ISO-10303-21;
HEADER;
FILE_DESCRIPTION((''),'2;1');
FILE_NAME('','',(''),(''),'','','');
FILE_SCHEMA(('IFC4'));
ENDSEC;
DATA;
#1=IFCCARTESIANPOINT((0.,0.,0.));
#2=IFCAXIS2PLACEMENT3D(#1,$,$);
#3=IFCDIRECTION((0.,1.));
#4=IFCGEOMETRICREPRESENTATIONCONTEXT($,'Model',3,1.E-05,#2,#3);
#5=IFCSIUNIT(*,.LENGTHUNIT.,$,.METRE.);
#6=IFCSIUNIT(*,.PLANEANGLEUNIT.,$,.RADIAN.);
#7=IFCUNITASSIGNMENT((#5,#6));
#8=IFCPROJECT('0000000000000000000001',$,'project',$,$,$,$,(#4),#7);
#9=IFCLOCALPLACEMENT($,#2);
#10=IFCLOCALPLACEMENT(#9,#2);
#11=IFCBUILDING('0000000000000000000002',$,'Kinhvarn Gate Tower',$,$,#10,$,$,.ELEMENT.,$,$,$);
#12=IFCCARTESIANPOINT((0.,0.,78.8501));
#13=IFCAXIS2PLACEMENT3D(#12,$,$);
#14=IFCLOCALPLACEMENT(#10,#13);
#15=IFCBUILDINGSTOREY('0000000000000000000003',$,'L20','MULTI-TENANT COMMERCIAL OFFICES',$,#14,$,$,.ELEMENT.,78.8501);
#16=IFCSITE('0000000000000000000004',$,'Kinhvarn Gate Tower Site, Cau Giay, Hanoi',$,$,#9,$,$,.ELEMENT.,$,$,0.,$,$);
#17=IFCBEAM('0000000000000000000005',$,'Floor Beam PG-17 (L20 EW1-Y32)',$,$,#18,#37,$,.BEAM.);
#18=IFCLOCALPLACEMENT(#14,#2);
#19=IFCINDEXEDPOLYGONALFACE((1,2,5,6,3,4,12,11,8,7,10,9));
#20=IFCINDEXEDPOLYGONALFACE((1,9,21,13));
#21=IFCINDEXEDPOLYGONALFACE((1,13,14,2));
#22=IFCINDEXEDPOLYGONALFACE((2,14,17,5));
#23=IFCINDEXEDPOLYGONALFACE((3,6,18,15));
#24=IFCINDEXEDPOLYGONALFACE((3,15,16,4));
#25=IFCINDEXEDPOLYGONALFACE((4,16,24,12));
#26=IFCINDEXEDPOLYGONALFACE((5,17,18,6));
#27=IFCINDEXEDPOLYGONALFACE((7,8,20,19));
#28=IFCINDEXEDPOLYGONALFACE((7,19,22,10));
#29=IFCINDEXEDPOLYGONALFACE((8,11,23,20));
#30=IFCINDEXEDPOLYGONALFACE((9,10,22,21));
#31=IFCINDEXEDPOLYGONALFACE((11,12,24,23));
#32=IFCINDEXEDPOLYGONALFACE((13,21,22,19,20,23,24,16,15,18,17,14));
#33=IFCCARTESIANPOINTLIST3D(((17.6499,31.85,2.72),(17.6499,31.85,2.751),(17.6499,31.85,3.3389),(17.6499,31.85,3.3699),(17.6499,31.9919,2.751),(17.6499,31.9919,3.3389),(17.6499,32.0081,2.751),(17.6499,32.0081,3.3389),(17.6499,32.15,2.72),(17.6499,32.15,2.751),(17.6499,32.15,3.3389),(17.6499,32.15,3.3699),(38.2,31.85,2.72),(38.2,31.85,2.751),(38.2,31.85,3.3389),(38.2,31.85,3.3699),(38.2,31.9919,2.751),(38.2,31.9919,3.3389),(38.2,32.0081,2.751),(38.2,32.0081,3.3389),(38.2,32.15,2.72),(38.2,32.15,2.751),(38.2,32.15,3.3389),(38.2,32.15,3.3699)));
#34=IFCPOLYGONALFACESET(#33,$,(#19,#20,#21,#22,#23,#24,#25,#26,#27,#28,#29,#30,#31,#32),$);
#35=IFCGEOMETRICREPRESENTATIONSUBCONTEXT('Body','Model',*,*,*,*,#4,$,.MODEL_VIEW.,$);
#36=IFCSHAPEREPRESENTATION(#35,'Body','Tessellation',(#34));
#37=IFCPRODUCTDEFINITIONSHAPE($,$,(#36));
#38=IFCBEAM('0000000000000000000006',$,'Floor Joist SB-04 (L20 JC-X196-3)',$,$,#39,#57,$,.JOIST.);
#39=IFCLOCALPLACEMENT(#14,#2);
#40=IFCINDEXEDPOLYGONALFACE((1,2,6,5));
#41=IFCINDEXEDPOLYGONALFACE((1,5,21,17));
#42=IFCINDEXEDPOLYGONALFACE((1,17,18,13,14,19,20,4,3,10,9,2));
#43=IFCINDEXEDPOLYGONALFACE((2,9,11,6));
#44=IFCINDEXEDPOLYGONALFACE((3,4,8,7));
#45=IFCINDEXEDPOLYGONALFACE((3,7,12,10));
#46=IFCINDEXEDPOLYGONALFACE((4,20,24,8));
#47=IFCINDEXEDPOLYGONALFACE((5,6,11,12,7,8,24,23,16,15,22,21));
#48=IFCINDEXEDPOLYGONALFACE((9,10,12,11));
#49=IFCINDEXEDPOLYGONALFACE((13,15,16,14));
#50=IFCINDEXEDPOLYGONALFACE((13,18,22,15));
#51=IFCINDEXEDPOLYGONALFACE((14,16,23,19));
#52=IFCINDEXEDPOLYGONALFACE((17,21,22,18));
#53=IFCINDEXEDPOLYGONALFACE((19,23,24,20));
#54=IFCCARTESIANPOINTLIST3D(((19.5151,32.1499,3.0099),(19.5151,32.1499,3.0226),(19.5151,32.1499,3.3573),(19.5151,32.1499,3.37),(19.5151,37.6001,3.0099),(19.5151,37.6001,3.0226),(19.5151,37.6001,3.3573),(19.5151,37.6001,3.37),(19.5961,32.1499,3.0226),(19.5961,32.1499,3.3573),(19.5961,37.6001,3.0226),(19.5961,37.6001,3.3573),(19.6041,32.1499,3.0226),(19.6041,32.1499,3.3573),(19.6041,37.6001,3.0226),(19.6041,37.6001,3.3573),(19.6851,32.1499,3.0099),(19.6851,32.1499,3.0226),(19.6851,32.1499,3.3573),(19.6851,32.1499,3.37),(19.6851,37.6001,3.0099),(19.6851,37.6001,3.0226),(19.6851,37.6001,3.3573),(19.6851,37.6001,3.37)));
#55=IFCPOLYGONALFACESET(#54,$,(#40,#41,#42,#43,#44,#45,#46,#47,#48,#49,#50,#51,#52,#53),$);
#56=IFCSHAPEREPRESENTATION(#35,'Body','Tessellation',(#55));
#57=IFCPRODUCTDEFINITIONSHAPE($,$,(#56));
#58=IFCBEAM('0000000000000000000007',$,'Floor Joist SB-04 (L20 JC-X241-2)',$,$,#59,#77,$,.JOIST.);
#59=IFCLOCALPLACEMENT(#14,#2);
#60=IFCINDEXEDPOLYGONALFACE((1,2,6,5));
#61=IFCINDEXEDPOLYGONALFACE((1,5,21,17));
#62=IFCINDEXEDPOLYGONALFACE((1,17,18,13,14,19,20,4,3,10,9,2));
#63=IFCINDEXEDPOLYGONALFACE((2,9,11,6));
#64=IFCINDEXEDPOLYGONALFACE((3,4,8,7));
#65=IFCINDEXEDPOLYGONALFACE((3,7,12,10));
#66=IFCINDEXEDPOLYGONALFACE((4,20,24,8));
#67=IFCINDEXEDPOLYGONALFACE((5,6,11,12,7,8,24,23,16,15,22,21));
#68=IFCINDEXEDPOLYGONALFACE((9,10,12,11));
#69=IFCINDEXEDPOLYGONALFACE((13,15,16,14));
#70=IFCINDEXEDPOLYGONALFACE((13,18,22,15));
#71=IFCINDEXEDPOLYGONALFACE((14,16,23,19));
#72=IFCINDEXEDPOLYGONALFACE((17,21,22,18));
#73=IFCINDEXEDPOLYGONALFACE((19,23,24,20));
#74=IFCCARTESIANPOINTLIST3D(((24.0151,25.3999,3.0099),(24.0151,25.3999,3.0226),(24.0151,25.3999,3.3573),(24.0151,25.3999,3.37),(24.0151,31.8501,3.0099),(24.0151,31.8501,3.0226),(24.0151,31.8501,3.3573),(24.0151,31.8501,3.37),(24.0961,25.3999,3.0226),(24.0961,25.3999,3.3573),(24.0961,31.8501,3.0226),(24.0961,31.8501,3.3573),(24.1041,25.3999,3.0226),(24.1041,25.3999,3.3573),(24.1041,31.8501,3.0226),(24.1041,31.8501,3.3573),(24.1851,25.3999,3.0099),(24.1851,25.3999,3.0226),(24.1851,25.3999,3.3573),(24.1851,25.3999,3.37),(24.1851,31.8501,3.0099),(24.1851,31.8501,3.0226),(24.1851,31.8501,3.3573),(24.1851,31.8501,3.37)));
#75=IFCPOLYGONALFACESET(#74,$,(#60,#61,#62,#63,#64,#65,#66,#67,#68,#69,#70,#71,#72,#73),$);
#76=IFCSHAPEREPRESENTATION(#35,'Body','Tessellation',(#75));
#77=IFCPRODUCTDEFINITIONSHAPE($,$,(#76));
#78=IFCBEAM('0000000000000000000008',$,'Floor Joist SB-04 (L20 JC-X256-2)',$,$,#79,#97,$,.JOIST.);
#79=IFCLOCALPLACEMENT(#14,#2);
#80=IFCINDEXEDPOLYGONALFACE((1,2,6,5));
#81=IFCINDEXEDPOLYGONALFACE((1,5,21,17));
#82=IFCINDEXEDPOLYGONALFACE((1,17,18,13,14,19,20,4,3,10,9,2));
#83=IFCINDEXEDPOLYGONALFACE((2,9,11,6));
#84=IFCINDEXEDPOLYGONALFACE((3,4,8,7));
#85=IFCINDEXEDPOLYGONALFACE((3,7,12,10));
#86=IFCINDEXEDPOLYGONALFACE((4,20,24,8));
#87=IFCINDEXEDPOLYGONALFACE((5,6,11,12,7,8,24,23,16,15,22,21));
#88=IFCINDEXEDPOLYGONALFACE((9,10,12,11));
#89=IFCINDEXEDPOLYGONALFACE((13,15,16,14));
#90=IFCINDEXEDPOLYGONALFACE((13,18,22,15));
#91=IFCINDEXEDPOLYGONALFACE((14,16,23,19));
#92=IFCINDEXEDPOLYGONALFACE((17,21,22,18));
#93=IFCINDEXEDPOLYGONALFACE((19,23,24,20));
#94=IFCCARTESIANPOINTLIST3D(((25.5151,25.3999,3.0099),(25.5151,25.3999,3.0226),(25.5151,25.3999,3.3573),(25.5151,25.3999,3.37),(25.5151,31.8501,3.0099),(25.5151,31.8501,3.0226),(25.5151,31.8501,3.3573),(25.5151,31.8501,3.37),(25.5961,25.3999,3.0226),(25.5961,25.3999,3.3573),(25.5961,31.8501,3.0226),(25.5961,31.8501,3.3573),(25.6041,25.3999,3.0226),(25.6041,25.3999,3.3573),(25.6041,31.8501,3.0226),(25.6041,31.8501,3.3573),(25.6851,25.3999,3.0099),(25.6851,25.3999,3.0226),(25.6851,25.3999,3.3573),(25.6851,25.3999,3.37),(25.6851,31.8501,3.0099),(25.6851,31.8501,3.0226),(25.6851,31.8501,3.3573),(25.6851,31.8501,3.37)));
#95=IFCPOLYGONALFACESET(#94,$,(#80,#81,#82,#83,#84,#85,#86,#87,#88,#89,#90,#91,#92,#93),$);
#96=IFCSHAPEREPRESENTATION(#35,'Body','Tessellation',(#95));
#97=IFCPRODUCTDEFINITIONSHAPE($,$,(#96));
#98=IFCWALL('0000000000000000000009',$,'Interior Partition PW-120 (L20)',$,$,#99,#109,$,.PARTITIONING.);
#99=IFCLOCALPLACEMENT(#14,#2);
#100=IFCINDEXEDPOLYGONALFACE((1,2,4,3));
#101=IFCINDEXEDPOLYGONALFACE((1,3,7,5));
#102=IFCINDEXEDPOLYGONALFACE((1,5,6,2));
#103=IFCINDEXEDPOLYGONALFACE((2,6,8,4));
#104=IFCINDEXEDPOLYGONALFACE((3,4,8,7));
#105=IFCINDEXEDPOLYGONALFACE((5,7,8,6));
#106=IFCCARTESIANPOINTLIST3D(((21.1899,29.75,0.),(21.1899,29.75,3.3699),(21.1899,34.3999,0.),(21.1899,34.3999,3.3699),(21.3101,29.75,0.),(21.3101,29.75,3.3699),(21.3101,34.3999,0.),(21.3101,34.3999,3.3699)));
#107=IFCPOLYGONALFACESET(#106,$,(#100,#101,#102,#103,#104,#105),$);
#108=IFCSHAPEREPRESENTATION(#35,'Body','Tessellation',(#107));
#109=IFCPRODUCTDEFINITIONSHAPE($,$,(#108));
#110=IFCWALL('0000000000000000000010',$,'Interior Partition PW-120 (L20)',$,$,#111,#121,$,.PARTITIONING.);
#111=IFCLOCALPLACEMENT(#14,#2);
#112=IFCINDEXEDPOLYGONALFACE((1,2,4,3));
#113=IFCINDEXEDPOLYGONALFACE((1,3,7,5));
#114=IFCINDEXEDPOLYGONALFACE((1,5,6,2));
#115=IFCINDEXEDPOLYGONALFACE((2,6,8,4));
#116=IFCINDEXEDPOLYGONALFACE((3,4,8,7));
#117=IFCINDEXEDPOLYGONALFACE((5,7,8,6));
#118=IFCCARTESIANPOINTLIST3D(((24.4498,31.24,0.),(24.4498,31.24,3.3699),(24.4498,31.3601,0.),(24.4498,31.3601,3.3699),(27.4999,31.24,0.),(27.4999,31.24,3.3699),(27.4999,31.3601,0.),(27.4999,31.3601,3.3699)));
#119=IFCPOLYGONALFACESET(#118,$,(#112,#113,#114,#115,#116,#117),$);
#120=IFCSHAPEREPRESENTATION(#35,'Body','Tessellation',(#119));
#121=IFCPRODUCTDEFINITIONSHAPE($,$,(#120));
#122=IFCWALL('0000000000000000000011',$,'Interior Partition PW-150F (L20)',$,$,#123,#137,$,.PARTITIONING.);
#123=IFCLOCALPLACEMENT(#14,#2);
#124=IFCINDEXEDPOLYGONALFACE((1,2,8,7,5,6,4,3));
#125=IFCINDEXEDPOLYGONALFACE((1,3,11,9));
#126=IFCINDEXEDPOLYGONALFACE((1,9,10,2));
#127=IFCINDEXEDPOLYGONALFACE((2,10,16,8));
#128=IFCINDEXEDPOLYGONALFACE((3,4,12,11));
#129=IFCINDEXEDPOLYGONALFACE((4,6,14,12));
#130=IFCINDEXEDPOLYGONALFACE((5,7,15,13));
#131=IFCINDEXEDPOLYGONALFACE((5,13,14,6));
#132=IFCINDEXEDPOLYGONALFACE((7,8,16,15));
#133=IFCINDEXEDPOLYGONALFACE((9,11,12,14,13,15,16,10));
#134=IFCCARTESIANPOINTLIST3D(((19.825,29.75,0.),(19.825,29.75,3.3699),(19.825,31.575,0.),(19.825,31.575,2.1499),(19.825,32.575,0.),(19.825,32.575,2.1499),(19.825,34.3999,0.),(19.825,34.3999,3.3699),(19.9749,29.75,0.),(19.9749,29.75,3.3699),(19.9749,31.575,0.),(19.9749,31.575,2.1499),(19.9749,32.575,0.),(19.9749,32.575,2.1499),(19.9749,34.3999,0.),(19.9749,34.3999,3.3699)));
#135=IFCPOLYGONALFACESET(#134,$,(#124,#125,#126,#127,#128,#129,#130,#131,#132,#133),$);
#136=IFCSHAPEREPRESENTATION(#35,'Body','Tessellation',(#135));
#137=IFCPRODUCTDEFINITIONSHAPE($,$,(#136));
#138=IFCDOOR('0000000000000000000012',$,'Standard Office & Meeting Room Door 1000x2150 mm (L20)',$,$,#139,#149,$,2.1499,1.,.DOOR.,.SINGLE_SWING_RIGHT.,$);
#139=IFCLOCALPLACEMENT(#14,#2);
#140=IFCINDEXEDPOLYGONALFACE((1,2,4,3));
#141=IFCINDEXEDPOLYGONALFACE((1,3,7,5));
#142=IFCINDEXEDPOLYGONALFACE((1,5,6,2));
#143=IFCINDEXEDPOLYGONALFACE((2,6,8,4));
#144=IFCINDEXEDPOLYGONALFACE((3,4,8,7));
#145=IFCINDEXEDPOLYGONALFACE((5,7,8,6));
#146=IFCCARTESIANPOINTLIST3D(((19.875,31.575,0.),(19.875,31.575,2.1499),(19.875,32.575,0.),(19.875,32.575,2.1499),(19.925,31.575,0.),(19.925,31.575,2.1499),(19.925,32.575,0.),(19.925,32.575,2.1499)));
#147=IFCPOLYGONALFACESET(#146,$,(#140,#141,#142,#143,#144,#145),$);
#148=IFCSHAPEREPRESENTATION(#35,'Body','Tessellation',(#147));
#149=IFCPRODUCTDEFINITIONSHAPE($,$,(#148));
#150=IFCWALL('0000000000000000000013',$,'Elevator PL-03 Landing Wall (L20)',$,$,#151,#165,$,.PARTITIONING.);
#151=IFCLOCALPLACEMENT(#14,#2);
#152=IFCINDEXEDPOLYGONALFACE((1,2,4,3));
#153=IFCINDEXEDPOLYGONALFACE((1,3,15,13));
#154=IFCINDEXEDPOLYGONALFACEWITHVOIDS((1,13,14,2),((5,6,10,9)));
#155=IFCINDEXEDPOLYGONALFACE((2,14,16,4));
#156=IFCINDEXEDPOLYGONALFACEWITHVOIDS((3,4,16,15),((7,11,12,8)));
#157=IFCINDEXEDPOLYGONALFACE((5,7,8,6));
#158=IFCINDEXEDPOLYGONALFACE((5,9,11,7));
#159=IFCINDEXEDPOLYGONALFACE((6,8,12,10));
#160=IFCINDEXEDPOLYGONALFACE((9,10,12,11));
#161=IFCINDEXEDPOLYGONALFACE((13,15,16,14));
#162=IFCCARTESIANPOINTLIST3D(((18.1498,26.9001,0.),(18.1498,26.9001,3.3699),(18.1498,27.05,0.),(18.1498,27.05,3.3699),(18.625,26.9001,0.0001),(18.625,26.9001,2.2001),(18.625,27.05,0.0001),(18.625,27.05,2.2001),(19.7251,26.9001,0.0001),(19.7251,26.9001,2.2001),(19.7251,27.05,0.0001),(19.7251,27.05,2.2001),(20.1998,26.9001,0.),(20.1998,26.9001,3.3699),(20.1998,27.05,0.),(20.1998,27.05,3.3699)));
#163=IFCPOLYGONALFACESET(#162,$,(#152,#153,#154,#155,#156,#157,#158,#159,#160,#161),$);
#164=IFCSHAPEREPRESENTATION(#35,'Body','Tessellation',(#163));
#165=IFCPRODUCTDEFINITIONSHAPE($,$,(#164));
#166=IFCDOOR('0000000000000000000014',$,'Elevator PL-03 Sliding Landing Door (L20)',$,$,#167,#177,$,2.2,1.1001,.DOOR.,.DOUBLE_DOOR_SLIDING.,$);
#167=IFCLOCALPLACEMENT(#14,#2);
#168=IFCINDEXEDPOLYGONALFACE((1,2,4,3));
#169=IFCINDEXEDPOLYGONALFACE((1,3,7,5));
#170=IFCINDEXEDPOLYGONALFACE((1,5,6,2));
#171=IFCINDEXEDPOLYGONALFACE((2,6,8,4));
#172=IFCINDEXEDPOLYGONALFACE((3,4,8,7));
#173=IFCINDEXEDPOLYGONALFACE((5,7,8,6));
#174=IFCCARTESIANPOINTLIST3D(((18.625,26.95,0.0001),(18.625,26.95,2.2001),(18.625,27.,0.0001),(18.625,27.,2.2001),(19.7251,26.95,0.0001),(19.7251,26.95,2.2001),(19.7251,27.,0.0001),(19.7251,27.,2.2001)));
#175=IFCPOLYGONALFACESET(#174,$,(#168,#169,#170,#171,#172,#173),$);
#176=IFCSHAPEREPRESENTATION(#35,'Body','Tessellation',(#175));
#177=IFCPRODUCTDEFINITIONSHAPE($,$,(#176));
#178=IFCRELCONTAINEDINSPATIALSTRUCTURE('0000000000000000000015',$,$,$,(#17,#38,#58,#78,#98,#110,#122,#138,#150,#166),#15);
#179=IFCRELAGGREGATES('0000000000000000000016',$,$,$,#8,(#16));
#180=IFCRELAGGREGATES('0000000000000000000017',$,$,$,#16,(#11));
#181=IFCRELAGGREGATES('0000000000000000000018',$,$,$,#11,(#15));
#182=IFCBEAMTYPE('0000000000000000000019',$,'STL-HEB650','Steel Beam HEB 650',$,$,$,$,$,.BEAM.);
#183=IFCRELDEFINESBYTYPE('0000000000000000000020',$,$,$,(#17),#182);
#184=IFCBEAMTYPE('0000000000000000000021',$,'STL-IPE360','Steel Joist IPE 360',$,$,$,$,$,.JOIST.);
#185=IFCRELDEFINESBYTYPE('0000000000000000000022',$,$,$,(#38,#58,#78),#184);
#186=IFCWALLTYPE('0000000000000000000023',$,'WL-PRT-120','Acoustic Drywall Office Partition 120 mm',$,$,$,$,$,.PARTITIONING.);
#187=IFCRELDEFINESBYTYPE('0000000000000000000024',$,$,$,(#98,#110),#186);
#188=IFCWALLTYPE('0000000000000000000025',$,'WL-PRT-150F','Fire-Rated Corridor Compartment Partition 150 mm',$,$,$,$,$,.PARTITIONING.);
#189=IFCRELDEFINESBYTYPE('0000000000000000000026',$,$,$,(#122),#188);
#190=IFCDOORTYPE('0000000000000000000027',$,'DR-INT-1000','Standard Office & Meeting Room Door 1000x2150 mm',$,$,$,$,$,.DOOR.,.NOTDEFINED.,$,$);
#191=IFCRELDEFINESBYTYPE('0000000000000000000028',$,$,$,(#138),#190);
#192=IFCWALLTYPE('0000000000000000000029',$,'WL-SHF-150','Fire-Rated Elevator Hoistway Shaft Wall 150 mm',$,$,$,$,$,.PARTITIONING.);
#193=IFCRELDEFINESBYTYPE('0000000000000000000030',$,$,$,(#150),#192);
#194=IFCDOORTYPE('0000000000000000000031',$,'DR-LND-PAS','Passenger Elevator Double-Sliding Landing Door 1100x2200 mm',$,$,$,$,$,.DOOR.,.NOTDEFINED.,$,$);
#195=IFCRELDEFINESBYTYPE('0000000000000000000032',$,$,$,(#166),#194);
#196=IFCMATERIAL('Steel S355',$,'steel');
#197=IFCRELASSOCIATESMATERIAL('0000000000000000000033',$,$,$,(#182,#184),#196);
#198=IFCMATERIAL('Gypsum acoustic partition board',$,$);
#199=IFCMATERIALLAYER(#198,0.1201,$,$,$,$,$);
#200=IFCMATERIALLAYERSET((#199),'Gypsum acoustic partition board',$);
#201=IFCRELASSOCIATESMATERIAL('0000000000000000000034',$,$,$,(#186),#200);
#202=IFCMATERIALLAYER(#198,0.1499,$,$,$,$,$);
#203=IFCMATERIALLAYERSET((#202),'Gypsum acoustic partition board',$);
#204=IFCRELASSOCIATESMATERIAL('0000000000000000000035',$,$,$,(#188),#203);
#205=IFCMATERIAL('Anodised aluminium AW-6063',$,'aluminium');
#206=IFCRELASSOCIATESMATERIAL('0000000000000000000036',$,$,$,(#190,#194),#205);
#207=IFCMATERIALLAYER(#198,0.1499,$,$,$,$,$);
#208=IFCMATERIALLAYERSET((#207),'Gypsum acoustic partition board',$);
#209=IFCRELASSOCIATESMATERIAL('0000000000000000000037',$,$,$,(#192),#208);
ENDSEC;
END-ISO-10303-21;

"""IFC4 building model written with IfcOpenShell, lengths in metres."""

from ifc_helpers import new_model, si_unit, direction, frame, frame_2d, origin, origin_2d, place, context, subcontext, project, spatial, rectangle, i_section, extrude, material, layer, layer_set, material_profile, profile_set, type_object, element, fill, save


model = new_model("IFC4")

# Units and contexts
model_context = context("Model", 3, precision=1e-05, world=origin(), true_north=direction((0.0, 1.0)))
body_context = subcontext(model_context, "Body", "Model", "MODEL_VIEW")
ifc_project = project(units=[si_unit("LENGTHUNIT", "METRE"), si_unit("PLANEANGLEUNIT", "RADIAN")], contexts=[model_context])

# Site, building, storey
site_placement = place(None, origin())
site = spatial("IfcSite", under=ifc_project, at=site_placement, Name="Kinhvarn Gate Tower Site, Cau Giay, Hanoi", CompositionType="ELEMENT", RefElevation=0.0)
building_placement = place(site_placement, origin())
building = spatial("IfcBuilding", under=site, at=building_placement, Name="Kinhvarn Gate Tower", CompositionType="ELEMENT")
storey_placement = place(building_placement, frame((0.0, 0.0, 78.8501)))
storey = spatial("IfcBuildingStorey", under=building, at=storey_placement, Name="L20", Description="MULTI-TENANT COMMERCIAL OFFICES", CompositionType="ELEMENT", Elevation=78.8501)

# Beams
ifc_material_1 = material(Name="Steel S355", Category="steel")
ifc_material_profile_1 = material_profile(ifc_material_1, i_section(OverallWidth=0.3, OverallDepth=0.6499, WebThickness=0.0161, FlangeThickness=0.031, at=origin_2d()), Name="HEB 650")
ifc_profile_set_1 = profile_set([ifc_material_profile_1], Name="Steel S355")
beam_type_1 = type_object("IfcBeamType", Name="STL-HEB650", Description="Steel Beam HEB 650", PredefinedType="BEAM", material=ifc_profile_set_1)
beam_1_placement = place(storey_placement, frame((17.6499, 32.0, 3.0449), z_axis=(1.0, 0.0, 0.0), x_axis=(0.0, 1.0, 0.0)))
element("IfcBeam", 1, at=beam_1_placement, inside=storey, type_object=beam_type_1, Name="Floor Beam PG-17 (L20 EW1-Y32)", PredefinedType="BEAM", context=body_context, shape_type="SweptSolid", body=[
    extrude(i_section(OverallWidth=0.3, OverallDepth=0.6499, WebThickness=0.0161, FlangeThickness=0.031, at=origin_2d()), origin(), (0.0, 0.0, 1.0), 20.55),
])
ifc_material_profile_2 = material_profile(ifc_material_1, i_section(OverallWidth=0.1699, OverallDepth=0.3601, WebThickness=0.0081, FlangeThickness=0.0127, at=origin_2d()), Name="IPE 360")
ifc_profile_set_2 = profile_set([ifc_material_profile_2], Name="Steel S355")
beam_type_2 = type_object("IfcBeamType", Name="STL-IPE360", Description="Steel Joist IPE 360", PredefinedType="JOIST", material=ifc_profile_set_2)
beam_2_placement = place(storey_placement, frame((19.6001, 32.1499, 3.1899), z_axis=(0.0, 1.0, 0.0), x_axis=(-1.0, 0.0, 0.0)))
element("IfcBeam", 2, at=beam_2_placement, inside=storey, type_object=beam_type_2, Name="Floor Joist SB-04 (L20 JC-X196-3)", PredefinedType="JOIST", context=body_context, shape_type="SweptSolid", body=[
    extrude(i_section(OverallWidth=0.1699, OverallDepth=0.3601, WebThickness=0.0081, FlangeThickness=0.0127, at=origin_2d()), origin(), (0.0, 0.0, 1.0), 5.4502),
])
for number, where, z_axis, x_axis, name in (
    (3, (24.1001, 25.3999, 3.1899), (0.0, 1.0, 0.0), (-1.0, 0.0, 0.0), "Floor Joist SB-04 (L20 JC-X241-2)"),
    (4, (25.6001, 25.3999, 3.1899), (0.0, 1.0, 0.0), (-1.0, 0.0, 0.0), "Floor Joist SB-04 (L20 JC-X256-2)"),
):
    element("IfcBeam", number, at=place(storey_placement, frame(where, z_axis=z_axis, x_axis=x_axis)), inside=storey, type_object=beam_type_2, Name=name, PredefinedType="JOIST", context=body_context, shape_type="SweptSolid", body=[
        extrude(i_section(OverallWidth=0.1699, OverallDepth=0.3601, WebThickness=0.0081, FlangeThickness=0.0127, at=origin_2d()), origin(), (0.0, 0.0, 1.0), 6.4502),
    ])

# Walls
ifc_material_2 = material(Name="Gypsum acoustic partition board")
ifc_layer_1 = layer(ifc_material_2, 0.1201)
ifc_layer_set_1 = layer_set([ifc_layer_1], Name="Gypsum acoustic partition board")
wall_type_1 = type_object("IfcWallType", Name="WL-PRT-120", Description="Acoustic Drywall Office Partition 120 mm", PredefinedType="PARTITIONING", material=ifc_layer_set_1)
wall_1_placement = place(storey_placement, frame((21.25, 29.75, 0.0), z_axis=(0.0, 0.0, 1.0), x_axis=(0.0, 1.0, 0.0)))
element("IfcWall", 5, at=wall_1_placement, inside=storey, type_object=wall_type_1, Name="Interior Partition PW-120 (L20)", PredefinedType="PARTITIONING", context=body_context, shape_type="SweptSolid", body=[
    extrude(rectangle(XDim=4.6499, YDim=0.1201, at=frame_2d((2.325, 0.0))), origin(), (0.0, 0.0, 1.0), 3.3699),
])
wall_2_placement = place(storey_placement, frame((24.45, 31.3, 0.0), z_axis=(0.0, 0.0, 1.0), x_axis=(1.0, 0.0, 0.0)))
element("IfcWall", 6, at=wall_2_placement, inside=storey, type_object=wall_type_1, Name="Interior Partition PW-120 (L20)", PredefinedType="PARTITIONING", context=body_context, shape_type="SweptSolid", body=[
    extrude(rectangle(XDim=3.05, YDim=0.1201, at=frame_2d((1.5249, 0.0))), origin(), (0.0, 0.0, 1.0), 3.3699),
])

# Walls, openings, doors
ifc_layer_2 = layer(ifc_material_2, 0.1499)
ifc_layer_set_2 = layer_set([ifc_layer_2], Name="Gypsum acoustic partition board")
wall_type_2 = type_object("IfcWallType", Name="WL-PRT-150F", Description="Fire-Rated Corridor Compartment Partition 150 mm", PredefinedType="PARTITIONING", material=ifc_layer_set_2)
ifc_material_3 = material(Name="Anodised aluminium AW-6063", Category="aluminium")
door_type_1 = type_object("IfcDoorType", Name="DR-INT-1000", Description="Standard Office & Meeting Room Door 1000x2150 mm", OperationType="NOTDEFINED", PredefinedType="DOOR", material=ifc_material_3)
wall_3_placement = place(storey_placement, frame((19.8999, 29.75, 0.0), z_axis=(0.0, 0.0, 1.0), x_axis=(0.0, 1.0, 0.0)))
wall_3 = element("IfcWall", 7, at=wall_3_placement, inside=storey, type_object=wall_type_2, Name="Interior Partition PW-150F (L20)", PredefinedType="PARTITIONING", context=body_context, shape_type="SweptSolid", body=[
    extrude(rectangle(XDim=4.6499, YDim=0.1499, at=frame_2d((2.325, 0.0))), origin(), (0.0, 0.0, 1.0), 3.3699),
])
opening_1_placement = place(wall_3_placement, frame((1.825, 0.0, 0.0)))
opening_1 = element("IfcOpeningElement", 8, at=opening_1_placement, cuts=wall_3, PredefinedType="OPENING", context=body_context, shape_type="SweptSolid", body=[
    extrude(rectangle(XDim=1.0, YDim=2.1499, at=frame_2d((0.5, 1.075))), frame((0.0, 0.085, 0.0), z_axis=(0.0, -1.0, 0.0), x_axis=(1.0, 0.0, 0.0)), (0.0, 0.0, 1.0), 0.1699),
])
door_1_placement = place(opening_1_placement, origin())
door_1 = element("IfcDoor", 9, at=door_1_placement, inside=storey, type_object=door_type_1, Name="Standard Office & Meeting Room Door 1000x2150 mm (L20)", OperationType="SINGLE_SWING_RIGHT", OverallHeight=2.1499, OverallWidth=1.0, PredefinedType="DOOR", context=body_context, shape_type="SweptSolid", body=[
    extrude(rectangle(XDim=1.0, YDim=2.1499, at=frame_2d((0.5, 1.075))), frame((0.0, 0.0249, 0.0), z_axis=(0.0, -1.0, 0.0), x_axis=(1.0, 0.0, 0.0)), (0.0, 0.0, 1.0), 0.05),
])
fill(opening_1, door_1)
ifc_layer_3 = layer(ifc_material_2, 0.1499)
ifc_layer_set_3 = layer_set([ifc_layer_3], Name="Gypsum acoustic partition board")
wall_type_3 = type_object("IfcWallType", Name="WL-SHF-150", Description="Fire-Rated Elevator Hoistway Shaft Wall 150 mm", PredefinedType="PARTITIONING", material=ifc_layer_set_3)
wall_4_placement = place(storey_placement, frame((18.1499, 26.9751, 0.0), z_axis=(0.0, 0.0, 1.0), x_axis=(1.0, 0.0, 0.0)))
wall_4 = element("IfcWall", 10, at=wall_4_placement, inside=storey, type_object=wall_type_3, Name="Elevator PL-03 Landing Wall (L20)", PredefinedType="PARTITIONING", context=body_context, shape_type="SweptSolid", body=[
    extrude(rectangle(XDim=2.05, YDim=0.1499, at=frame_2d((1.0249, 0.0))), origin(), (0.0, 0.0, 1.0), 3.3699),
])
opening_2_placement = place(wall_4_placement, frame((0.4751, 0.0, 0.0)))
opening_2 = element("IfcOpeningElement", 11, at=opening_2_placement, cuts=wall_4, PredefinedType="OPENING", context=body_context, shape_type="SweptSolid", body=[
    extrude(rectangle(XDim=1.1001, YDim=2.2, at=frame_2d((0.55, 1.1001))), frame((0.0, 0.085, 0.0), z_axis=(0.0, -1.0, 0.0), x_axis=(1.0, 0.0, 0.0)), (0.0, 0.0, 1.0), 0.1699),
])
door_type_2 = type_object("IfcDoorType", Name="DR-LND-PAS", Description="Passenger Elevator Double-Sliding Landing Door 1100x2200 mm", OperationType="NOTDEFINED", PredefinedType="DOOR", material=ifc_material_3)
door_2_placement = place(opening_2_placement, origin())
door_2 = element("IfcDoor", 12, at=door_2_placement, inside=storey, type_object=door_type_2, Name="Elevator PL-03 Sliding Landing Door (L20)", OperationType="DOUBLE_DOOR_SLIDING", OverallHeight=2.2, OverallWidth=1.1001, PredefinedType="DOOR", context=body_context, shape_type="SweptSolid", body=[
    extrude(rectangle(XDim=1.1001, YDim=2.2, at=frame_2d((0.55, 1.1001))), frame((0.0, 0.0249, 0.0), z_axis=(0.0, -1.0, 0.0), x_axis=(1.0, 0.0, 0.0)), (0.0, 0.0, 1.0), 0.05),
])
fill(opening_2, door_2)

save(model, "model.ifc")
